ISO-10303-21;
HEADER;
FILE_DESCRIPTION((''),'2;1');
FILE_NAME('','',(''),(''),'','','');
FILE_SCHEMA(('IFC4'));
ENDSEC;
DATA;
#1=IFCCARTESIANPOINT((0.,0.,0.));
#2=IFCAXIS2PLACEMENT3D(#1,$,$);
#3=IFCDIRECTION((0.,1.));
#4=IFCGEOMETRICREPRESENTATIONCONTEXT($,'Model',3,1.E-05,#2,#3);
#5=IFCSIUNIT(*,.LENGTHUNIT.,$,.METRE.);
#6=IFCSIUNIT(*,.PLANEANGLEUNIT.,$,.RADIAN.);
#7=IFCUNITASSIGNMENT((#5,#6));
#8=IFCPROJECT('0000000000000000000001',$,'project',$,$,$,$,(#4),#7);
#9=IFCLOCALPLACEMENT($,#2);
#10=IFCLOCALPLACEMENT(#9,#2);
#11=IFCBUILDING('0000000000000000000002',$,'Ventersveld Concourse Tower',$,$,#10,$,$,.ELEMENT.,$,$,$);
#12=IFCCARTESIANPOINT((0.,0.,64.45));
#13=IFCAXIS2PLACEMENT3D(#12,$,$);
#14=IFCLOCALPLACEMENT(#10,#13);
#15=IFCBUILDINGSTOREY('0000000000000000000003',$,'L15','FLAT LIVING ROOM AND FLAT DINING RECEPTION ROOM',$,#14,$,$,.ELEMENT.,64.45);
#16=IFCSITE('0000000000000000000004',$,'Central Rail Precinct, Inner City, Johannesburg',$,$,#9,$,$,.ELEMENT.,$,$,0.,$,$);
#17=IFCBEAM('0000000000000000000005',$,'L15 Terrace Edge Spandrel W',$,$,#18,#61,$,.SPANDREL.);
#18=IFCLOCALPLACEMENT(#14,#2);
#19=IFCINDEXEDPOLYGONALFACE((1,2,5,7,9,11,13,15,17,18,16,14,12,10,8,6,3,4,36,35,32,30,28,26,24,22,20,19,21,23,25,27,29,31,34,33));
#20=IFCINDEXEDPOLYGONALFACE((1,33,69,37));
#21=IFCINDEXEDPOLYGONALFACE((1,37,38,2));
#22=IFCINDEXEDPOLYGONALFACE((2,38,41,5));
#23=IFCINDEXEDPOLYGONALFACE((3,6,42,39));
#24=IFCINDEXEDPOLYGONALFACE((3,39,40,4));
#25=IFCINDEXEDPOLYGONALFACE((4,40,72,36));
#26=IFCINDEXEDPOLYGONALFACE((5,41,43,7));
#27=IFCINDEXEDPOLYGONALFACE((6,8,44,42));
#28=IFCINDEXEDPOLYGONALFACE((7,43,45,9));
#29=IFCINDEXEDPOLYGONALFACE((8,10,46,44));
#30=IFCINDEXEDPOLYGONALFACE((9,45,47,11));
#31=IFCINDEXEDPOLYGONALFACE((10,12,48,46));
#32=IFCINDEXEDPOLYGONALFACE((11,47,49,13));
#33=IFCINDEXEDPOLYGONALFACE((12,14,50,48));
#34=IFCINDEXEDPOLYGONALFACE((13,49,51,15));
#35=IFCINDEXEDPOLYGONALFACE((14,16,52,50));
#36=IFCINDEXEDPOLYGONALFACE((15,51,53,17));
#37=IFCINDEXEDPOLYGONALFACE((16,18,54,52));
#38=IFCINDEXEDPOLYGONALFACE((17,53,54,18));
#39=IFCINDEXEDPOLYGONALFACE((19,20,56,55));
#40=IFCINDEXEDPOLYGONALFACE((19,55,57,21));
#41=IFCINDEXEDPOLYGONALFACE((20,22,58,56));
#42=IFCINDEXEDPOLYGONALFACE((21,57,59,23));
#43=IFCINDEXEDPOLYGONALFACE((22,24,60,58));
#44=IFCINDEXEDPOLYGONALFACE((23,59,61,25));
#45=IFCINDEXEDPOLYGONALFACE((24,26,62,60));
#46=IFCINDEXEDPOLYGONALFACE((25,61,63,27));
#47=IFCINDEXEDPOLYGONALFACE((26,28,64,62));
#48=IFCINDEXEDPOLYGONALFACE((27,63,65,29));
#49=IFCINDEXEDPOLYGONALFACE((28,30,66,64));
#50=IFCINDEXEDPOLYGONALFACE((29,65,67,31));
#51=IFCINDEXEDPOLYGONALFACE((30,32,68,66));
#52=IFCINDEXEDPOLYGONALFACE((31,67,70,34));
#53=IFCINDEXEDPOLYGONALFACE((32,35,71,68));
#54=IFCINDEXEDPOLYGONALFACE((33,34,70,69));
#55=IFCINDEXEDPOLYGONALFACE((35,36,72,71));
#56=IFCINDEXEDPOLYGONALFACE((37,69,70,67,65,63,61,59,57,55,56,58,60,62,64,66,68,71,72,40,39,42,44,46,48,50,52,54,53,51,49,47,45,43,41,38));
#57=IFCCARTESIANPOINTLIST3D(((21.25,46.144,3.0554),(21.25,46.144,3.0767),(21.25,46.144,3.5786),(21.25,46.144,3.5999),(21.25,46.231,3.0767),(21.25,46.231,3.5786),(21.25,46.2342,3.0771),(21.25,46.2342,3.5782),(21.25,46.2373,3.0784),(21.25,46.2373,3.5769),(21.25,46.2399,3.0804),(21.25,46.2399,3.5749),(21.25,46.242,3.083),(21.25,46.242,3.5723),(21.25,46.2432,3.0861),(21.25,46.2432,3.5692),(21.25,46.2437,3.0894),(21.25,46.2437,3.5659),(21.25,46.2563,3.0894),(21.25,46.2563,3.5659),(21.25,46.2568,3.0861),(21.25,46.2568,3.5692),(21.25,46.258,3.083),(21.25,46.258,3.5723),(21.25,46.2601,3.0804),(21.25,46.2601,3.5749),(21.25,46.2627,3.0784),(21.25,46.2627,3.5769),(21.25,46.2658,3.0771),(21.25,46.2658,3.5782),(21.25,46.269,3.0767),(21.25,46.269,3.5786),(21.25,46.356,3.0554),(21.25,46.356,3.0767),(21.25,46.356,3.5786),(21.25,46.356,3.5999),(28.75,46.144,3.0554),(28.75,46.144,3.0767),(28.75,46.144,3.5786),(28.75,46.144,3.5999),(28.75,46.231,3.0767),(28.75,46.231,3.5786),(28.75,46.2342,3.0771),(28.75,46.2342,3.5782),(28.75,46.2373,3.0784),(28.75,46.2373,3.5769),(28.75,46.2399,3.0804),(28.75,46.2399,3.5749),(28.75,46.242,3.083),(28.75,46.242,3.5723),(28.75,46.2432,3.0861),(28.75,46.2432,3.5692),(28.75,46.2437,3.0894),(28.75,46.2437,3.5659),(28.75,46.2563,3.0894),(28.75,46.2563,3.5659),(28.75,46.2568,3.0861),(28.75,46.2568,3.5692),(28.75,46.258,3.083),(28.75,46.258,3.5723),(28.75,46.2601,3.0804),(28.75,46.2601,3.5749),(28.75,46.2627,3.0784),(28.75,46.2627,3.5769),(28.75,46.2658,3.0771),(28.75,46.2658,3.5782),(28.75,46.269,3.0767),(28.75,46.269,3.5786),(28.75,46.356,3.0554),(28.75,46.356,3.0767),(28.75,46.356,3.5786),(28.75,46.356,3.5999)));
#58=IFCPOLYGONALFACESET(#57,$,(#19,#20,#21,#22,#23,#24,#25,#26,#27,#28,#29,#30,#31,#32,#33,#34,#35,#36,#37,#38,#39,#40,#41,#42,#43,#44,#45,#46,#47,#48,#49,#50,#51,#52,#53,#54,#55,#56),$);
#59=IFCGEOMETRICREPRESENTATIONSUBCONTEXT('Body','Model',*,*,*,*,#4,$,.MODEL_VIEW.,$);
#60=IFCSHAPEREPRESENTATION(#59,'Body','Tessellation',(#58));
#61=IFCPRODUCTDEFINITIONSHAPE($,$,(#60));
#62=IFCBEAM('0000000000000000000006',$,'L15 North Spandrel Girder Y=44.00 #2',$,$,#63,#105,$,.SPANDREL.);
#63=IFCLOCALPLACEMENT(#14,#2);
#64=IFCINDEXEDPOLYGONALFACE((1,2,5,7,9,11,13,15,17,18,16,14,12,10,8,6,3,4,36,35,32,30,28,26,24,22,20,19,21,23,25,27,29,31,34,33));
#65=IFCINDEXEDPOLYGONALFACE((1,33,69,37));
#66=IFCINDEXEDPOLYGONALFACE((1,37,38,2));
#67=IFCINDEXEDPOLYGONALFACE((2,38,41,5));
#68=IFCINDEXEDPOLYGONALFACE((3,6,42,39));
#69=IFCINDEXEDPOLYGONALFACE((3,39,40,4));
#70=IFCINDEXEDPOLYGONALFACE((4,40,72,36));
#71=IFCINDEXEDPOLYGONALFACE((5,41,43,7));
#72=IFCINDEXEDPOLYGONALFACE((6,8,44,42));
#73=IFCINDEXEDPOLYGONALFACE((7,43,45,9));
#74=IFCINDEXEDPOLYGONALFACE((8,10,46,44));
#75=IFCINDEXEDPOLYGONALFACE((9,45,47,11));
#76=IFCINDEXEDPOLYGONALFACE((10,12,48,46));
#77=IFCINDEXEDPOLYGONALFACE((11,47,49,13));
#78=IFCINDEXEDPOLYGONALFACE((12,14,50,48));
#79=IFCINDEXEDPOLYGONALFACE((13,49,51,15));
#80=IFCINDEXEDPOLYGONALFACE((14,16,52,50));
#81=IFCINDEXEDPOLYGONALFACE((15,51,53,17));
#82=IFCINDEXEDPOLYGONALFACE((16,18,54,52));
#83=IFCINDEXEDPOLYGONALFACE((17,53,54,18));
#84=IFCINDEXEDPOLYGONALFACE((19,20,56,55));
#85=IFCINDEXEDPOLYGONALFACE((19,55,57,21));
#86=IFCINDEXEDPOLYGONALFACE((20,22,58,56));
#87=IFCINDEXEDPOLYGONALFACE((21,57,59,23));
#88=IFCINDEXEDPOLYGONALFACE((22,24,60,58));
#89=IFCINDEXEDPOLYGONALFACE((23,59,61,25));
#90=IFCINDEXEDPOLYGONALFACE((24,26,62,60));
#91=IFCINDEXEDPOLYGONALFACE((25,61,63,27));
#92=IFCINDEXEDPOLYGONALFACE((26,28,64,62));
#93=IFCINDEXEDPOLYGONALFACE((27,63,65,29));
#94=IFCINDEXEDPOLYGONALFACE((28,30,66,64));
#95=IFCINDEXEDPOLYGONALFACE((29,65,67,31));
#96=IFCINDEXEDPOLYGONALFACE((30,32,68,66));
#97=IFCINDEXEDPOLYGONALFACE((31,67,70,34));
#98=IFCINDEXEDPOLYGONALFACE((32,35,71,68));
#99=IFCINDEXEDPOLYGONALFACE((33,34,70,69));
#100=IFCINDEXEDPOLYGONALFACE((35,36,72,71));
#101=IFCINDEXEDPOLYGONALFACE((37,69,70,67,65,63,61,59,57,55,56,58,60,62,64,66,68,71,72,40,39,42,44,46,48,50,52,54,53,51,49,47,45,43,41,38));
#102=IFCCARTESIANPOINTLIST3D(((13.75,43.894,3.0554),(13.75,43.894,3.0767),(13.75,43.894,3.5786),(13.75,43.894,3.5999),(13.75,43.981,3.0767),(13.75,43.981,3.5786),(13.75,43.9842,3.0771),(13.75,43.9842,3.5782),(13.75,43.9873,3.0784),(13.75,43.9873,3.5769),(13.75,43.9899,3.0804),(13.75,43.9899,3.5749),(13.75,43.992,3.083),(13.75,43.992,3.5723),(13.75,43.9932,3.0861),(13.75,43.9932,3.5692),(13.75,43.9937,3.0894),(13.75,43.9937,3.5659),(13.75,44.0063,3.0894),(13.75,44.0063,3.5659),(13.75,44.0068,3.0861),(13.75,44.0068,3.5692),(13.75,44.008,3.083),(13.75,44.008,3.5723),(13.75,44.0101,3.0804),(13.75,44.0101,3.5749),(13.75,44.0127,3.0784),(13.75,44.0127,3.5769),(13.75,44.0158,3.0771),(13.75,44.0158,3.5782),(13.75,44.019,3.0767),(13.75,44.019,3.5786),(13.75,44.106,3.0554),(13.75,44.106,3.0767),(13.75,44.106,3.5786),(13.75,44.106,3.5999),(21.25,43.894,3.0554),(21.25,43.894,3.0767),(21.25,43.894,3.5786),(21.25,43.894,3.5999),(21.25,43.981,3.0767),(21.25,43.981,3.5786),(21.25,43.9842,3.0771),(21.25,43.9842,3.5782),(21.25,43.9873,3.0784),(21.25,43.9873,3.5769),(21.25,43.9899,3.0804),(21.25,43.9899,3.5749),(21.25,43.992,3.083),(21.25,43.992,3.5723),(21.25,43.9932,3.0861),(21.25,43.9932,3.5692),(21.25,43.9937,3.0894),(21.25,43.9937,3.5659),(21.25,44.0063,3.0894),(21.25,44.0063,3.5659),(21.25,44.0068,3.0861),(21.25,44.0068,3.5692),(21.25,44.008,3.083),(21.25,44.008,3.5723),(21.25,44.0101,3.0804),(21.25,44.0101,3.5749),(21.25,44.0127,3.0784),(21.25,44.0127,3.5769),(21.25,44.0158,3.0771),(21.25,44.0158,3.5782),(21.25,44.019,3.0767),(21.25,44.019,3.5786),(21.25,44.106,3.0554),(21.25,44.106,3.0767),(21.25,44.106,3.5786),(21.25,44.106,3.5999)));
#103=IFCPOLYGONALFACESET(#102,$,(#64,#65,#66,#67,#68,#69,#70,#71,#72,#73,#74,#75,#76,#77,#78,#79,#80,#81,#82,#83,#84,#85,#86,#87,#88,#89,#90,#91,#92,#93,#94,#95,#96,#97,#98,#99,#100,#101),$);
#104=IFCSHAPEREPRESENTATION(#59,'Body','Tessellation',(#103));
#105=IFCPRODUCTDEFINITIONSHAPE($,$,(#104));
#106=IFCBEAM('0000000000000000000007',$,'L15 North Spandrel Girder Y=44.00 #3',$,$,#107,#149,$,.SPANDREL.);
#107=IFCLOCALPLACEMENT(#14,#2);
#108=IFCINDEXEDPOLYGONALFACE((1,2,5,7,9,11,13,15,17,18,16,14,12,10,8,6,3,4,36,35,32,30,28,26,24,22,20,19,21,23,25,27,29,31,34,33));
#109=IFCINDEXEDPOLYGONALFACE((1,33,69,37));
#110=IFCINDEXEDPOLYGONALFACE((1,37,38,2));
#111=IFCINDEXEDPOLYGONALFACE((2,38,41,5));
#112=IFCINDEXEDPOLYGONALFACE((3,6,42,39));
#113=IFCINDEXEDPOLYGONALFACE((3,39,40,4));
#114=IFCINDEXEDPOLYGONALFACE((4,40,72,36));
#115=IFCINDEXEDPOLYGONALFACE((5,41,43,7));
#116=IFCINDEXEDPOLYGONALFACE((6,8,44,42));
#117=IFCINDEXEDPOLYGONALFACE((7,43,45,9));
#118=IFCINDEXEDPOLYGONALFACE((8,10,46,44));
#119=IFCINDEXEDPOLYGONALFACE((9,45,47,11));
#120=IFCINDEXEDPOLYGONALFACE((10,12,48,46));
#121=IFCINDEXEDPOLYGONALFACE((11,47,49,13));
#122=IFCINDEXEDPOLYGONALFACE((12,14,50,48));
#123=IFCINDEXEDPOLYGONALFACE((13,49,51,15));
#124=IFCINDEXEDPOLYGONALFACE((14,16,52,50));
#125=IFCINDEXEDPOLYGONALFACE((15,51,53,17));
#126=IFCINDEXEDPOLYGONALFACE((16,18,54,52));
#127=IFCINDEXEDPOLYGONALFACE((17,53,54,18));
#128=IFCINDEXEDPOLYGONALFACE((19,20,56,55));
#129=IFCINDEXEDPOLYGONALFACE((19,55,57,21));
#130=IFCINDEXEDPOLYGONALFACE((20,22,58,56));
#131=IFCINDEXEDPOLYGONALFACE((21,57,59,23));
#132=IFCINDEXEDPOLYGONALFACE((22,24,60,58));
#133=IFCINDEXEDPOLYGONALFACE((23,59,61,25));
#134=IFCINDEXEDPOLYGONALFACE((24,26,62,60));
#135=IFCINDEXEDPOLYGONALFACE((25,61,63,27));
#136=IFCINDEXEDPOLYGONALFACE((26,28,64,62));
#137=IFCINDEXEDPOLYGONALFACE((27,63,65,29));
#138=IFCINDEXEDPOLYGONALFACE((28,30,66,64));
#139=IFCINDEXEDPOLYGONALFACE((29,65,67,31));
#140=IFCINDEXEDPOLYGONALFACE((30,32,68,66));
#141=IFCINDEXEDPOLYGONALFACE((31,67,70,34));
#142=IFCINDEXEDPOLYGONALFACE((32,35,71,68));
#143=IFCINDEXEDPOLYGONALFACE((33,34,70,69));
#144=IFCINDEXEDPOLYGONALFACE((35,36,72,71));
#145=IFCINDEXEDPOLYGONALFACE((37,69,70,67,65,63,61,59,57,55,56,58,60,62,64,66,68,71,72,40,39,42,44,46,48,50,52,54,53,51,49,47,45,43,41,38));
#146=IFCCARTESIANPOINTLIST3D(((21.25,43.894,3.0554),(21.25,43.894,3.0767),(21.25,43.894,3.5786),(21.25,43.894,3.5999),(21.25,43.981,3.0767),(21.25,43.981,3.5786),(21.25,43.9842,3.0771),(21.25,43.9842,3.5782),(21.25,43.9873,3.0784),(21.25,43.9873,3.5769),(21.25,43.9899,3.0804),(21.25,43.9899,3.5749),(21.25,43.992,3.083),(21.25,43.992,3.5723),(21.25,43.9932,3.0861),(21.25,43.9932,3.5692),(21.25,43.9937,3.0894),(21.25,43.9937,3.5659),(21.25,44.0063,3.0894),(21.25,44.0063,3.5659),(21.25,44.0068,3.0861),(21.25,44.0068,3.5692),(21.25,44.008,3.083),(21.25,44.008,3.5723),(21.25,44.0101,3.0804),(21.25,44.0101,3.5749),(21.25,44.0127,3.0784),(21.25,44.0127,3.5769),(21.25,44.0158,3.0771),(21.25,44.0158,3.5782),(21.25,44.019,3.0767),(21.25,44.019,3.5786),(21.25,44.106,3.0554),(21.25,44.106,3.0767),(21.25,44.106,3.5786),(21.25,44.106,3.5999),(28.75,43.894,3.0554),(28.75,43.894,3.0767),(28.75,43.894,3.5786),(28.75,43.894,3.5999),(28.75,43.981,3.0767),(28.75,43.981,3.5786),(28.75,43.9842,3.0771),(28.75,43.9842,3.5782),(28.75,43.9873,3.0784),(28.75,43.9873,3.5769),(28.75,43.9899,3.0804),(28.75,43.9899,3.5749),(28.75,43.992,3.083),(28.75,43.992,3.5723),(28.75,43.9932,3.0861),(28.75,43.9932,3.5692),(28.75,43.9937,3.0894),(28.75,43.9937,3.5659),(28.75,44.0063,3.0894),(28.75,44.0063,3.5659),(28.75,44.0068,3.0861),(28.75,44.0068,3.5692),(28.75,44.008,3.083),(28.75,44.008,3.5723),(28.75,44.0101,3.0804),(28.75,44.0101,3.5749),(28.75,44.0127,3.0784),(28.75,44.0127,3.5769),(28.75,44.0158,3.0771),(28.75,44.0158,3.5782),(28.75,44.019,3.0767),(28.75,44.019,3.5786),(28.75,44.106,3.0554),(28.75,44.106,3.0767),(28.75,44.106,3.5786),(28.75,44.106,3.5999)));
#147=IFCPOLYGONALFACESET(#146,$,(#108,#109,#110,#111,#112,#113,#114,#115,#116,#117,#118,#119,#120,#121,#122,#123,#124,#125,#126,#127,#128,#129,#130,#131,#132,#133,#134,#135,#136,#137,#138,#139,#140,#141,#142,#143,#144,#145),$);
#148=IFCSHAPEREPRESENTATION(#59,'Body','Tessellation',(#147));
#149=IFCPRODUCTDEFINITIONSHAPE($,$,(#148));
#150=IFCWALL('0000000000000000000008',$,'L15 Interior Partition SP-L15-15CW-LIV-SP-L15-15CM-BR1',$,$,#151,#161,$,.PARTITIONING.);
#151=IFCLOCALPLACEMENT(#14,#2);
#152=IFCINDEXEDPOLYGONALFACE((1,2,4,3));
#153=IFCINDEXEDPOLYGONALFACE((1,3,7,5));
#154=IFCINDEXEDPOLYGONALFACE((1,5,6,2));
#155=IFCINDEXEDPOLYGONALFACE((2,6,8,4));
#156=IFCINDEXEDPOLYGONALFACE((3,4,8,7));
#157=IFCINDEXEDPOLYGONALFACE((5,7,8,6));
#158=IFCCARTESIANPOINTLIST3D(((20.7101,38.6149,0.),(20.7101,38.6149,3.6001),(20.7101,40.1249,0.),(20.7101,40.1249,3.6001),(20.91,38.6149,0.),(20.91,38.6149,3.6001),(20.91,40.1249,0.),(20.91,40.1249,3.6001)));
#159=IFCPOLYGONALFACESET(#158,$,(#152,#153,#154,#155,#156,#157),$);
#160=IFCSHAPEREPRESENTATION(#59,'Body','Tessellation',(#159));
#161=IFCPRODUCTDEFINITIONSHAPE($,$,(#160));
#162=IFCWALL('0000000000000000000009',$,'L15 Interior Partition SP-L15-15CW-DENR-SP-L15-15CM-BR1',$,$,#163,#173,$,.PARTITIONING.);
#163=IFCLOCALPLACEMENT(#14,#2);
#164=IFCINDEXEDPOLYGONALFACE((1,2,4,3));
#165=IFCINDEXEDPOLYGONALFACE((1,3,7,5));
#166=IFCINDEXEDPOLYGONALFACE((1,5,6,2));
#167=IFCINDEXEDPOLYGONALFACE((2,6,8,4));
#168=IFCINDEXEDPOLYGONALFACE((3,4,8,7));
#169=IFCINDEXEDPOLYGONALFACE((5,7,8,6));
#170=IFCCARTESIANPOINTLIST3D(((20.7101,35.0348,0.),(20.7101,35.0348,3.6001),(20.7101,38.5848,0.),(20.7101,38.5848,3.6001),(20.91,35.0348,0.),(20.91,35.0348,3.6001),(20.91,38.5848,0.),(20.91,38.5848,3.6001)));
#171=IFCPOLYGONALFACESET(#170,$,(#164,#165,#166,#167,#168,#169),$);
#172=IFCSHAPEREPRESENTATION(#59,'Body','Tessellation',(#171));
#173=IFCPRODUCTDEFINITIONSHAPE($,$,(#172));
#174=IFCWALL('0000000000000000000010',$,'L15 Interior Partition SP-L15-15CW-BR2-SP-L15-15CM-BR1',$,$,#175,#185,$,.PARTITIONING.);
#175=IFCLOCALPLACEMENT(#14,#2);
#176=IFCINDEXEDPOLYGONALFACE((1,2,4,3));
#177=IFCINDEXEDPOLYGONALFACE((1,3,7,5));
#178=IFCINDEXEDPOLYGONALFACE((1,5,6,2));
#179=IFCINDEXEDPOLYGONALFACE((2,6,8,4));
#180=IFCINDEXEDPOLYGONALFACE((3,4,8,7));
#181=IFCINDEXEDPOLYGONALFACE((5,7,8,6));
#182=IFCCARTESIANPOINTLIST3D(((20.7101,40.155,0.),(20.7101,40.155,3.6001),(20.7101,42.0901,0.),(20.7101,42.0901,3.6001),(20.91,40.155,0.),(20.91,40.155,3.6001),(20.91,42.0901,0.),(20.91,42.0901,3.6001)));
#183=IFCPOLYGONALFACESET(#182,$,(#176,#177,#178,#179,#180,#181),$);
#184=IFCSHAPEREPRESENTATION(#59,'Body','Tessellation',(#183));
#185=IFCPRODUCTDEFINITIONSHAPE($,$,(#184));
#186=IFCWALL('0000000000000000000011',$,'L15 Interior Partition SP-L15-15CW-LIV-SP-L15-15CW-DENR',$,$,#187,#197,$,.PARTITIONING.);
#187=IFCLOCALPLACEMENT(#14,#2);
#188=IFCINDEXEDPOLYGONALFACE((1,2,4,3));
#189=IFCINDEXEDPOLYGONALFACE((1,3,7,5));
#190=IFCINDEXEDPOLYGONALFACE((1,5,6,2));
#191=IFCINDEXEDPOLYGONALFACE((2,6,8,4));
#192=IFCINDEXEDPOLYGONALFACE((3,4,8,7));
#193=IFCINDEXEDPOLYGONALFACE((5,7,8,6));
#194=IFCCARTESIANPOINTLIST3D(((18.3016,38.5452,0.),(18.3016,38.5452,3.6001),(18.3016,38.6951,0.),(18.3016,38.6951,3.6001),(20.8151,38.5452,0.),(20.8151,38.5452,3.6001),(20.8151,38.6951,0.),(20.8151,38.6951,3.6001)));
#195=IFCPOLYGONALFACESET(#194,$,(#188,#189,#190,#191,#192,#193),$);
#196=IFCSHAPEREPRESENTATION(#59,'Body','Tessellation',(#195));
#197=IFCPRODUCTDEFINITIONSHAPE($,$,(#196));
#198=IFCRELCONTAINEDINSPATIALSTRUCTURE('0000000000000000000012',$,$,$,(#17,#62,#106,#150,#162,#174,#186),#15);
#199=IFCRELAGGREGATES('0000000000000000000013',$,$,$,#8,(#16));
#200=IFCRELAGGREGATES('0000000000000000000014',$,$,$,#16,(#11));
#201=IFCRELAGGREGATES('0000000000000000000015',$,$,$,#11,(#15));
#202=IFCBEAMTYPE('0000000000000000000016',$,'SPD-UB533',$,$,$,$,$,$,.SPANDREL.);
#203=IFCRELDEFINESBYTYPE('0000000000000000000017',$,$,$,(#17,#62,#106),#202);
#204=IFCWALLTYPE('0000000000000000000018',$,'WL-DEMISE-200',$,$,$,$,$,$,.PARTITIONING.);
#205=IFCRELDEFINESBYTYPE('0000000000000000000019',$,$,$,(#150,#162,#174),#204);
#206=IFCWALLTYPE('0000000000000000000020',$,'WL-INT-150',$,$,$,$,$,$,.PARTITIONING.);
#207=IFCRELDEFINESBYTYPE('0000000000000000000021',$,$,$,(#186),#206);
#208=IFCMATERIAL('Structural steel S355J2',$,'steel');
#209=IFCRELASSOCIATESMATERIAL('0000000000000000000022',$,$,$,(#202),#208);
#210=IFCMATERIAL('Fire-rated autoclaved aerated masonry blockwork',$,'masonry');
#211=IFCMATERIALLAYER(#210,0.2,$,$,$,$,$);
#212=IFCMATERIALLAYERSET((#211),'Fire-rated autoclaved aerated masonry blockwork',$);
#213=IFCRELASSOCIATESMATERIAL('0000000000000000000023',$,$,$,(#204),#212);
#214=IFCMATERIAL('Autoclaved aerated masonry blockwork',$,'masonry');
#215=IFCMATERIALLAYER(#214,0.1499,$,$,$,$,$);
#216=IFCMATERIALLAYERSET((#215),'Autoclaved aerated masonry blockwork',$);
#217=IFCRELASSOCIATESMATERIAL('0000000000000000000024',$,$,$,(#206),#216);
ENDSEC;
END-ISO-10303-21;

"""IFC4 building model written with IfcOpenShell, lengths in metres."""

from ifc_helpers import new_model, si_unit, direction, frame, frame_2d, origin, origin_2d, place, context, subcontext, project, spatial, rectangle, i_section, extrude, material, layer, layer_set, material_profile, profile_set, type_object, element, save


model = new_model("IFC4")

# Units and contexts
model_context = context("Model", 3, precision=1e-05, world=origin(), true_north=direction((0.0, 1.0)))
body_context = subcontext(model_context, "Body", "Model", "MODEL_VIEW")
ifc_project = project(units=[si_unit("LENGTHUNIT", "METRE"), si_unit("PLANEANGLEUNIT", "RADIAN")], contexts=[model_context])

# Site, building, storey
site_placement = place(None, origin())
site = spatial("IfcSite", under=ifc_project, at=site_placement, Name="Central Rail Precinct, Inner City, Johannesburg", CompositionType="ELEMENT", RefElevation=0.0)
building_placement = place(site_placement, origin())
building = spatial("IfcBuilding", under=site, at=building_placement, Name="Ventersveld Concourse Tower", CompositionType="ELEMENT")
storey_placement = place(building_placement, frame((0.0, 0.0, 64.45)))
storey = spatial("IfcBuildingStorey", under=building, at=storey_placement, Name="L15", Description="FLAT LIVING ROOM AND FLAT DINING RECEPTION ROOM", CompositionType="ELEMENT", Elevation=64.45)

# Shared definitions
ifc_material_1 = material(Name="Structural steel S355J2", Category="steel")

# Beams
ifc_material_profile_1 = material_profile(ifc_material_1, i_section(OverallWidth=0.2119, OverallDepth=0.5444, WebThickness=0.0127, FlangeThickness=0.0212, FilletRadius=0.0127, at=origin_2d()), Name="UB 533x210x122")
ifc_profile_set_1 = profile_set([ifc_material_profile_1], Name="Structural steel S355J2")
beam_type_1 = type_object("IfcBeamType", Name="SPD-UB533", PredefinedType="SPANDREL", material=ifc_profile_set_1)
for number, where, z_axis, x_axis, name in (
    (1, (21.25, 46.25, 3.3276), (1.0, 0.0, 0.0), (0.0, 1.0, 0.0), "L15 Terrace Edge Spandrel W"),
    (2, (13.75, 44.0, 3.3276), (1.0, 0.0, 0.0), (0.0, 1.0, 0.0), "L15 North Spandrel Girder Y=44.00 #2"),
    (3, (21.25, 44.0, 3.3276), (1.0, 0.0, 0.0), (0.0, 1.0, 0.0), "L15 North Spandrel Girder Y=44.00 #3"),
):
    element("IfcBeam", number, at=place(storey_placement, frame(where, z_axis=z_axis, x_axis=x_axis)), inside=storey, type_object=beam_type_1, Name=name, PredefinedType="SPANDREL", context=body_context, shape_type="SweptSolid", body=[
        extrude(i_section(OverallWidth=0.2119, OverallDepth=0.5444, WebThickness=0.0127, FlangeThickness=0.0212, FilletRadius=0.0127, at=origin_2d()), origin(), (0.0, 0.0, 1.0), 7.5),
    ])

# Walls
ifc_material_2 = material(Name="Fire-rated autoclaved aerated masonry blockwork", Category="masonry")
ifc_layer_1 = layer(ifc_material_2, 0.2)
ifc_layer_set_1 = layer_set([ifc_layer_1], Name="Fire-rated autoclaved aerated masonry blockwork")
wall_type_1 = type_object("IfcWallType", Name="WL-DEMISE-200", PredefinedType="PARTITIONING", material=ifc_layer_set_1)
wall_1_placement = place(storey_placement, frame((20.8101, 38.615, 0.0), z_axis=(0.0, 0.0, 1.0), x_axis=(0.0, 1.0, 0.0)))
element("IfcWall", 4, at=wall_1_placement, inside=storey, type_object=wall_type_1, Name="L15 Interior Partition SP-L15-15CW-LIV-SP-L15-15CM-BR1", PredefinedType="PARTITIONING", context=body_context, shape_type="SweptSolid", body=[
    extrude(rectangle(XDim=1.51, YDim=0.2, at=frame_2d((0.7549, 0.0))), origin(), (0.0, 0.0, 1.0), 3.6001),
])
wall_2_placement = place(storey_placement, frame((20.8101, 35.0349, 0.0), z_axis=(0.0, 0.0, 1.0), x_axis=(0.0, 1.0, 0.0)))
element("IfcWall", 5, at=wall_2_placement, inside=storey, type_object=wall_type_1, Name="L15 Interior Partition SP-L15-15CW-DENR-SP-L15-15CM-BR1", PredefinedType="PARTITIONING", context=body_context, shape_type="SweptSolid", body=[
    extrude(rectangle(XDim=3.55, YDim=0.2, at=frame_2d((1.7749, 0.0))), origin(), (0.0, 0.0, 1.0), 3.6001),
])
wall_3_placement = place(storey_placement, frame((20.8101, 40.155, 0.0), z_axis=(0.0, 0.0, 1.0), x_axis=(0.0, 1.0, 0.0)))
element("IfcWall", 6, at=wall_3_placement, inside=storey, type_object=wall_type_1, Name="L15 Interior Partition SP-L15-15CW-BR2-SP-L15-15CM-BR1", PredefinedType="PARTITIONING", context=body_context, shape_type="SweptSolid", body=[
    extrude(rectangle(XDim=1.9351, YDim=0.2, at=frame_2d((0.9675, 0.0))), origin(), (0.0, 0.0, 1.0), 3.6001),
])
ifc_material_3 = material(Name="Autoclaved aerated masonry blockwork", Category="masonry")
ifc_layer_2 = layer(ifc_material_3, 0.1499)
ifc_layer_set_2 = layer_set([ifc_layer_2], Name="Autoclaved aerated masonry blockwork")
wall_type_2 = type_object("IfcWallType", Name="WL-INT-150", PredefinedType="PARTITIONING", material=ifc_layer_set_2)
wall_4_placement = place(storey_placement, frame((18.3015, 38.6201, 0.0), z_axis=(0.0, 0.0, 1.0), x_axis=(1.0, 0.0, 0.0)))
element("IfcWall", 7, at=wall_4_placement, inside=storey, type_object=wall_type_2, Name="L15 Interior Partition SP-L15-15CW-LIV-SP-L15-15CW-DENR", PredefinedType="PARTITIONING", context=body_context, shape_type="SweptSolid", body=[
    extrude(rectangle(XDim=2.5134, YDim=0.1499, at=frame_2d((1.2568, 0.0))), origin(), (0.0, 0.0, 1.0), 3.6001),
])

save(model, "model.ifc")
